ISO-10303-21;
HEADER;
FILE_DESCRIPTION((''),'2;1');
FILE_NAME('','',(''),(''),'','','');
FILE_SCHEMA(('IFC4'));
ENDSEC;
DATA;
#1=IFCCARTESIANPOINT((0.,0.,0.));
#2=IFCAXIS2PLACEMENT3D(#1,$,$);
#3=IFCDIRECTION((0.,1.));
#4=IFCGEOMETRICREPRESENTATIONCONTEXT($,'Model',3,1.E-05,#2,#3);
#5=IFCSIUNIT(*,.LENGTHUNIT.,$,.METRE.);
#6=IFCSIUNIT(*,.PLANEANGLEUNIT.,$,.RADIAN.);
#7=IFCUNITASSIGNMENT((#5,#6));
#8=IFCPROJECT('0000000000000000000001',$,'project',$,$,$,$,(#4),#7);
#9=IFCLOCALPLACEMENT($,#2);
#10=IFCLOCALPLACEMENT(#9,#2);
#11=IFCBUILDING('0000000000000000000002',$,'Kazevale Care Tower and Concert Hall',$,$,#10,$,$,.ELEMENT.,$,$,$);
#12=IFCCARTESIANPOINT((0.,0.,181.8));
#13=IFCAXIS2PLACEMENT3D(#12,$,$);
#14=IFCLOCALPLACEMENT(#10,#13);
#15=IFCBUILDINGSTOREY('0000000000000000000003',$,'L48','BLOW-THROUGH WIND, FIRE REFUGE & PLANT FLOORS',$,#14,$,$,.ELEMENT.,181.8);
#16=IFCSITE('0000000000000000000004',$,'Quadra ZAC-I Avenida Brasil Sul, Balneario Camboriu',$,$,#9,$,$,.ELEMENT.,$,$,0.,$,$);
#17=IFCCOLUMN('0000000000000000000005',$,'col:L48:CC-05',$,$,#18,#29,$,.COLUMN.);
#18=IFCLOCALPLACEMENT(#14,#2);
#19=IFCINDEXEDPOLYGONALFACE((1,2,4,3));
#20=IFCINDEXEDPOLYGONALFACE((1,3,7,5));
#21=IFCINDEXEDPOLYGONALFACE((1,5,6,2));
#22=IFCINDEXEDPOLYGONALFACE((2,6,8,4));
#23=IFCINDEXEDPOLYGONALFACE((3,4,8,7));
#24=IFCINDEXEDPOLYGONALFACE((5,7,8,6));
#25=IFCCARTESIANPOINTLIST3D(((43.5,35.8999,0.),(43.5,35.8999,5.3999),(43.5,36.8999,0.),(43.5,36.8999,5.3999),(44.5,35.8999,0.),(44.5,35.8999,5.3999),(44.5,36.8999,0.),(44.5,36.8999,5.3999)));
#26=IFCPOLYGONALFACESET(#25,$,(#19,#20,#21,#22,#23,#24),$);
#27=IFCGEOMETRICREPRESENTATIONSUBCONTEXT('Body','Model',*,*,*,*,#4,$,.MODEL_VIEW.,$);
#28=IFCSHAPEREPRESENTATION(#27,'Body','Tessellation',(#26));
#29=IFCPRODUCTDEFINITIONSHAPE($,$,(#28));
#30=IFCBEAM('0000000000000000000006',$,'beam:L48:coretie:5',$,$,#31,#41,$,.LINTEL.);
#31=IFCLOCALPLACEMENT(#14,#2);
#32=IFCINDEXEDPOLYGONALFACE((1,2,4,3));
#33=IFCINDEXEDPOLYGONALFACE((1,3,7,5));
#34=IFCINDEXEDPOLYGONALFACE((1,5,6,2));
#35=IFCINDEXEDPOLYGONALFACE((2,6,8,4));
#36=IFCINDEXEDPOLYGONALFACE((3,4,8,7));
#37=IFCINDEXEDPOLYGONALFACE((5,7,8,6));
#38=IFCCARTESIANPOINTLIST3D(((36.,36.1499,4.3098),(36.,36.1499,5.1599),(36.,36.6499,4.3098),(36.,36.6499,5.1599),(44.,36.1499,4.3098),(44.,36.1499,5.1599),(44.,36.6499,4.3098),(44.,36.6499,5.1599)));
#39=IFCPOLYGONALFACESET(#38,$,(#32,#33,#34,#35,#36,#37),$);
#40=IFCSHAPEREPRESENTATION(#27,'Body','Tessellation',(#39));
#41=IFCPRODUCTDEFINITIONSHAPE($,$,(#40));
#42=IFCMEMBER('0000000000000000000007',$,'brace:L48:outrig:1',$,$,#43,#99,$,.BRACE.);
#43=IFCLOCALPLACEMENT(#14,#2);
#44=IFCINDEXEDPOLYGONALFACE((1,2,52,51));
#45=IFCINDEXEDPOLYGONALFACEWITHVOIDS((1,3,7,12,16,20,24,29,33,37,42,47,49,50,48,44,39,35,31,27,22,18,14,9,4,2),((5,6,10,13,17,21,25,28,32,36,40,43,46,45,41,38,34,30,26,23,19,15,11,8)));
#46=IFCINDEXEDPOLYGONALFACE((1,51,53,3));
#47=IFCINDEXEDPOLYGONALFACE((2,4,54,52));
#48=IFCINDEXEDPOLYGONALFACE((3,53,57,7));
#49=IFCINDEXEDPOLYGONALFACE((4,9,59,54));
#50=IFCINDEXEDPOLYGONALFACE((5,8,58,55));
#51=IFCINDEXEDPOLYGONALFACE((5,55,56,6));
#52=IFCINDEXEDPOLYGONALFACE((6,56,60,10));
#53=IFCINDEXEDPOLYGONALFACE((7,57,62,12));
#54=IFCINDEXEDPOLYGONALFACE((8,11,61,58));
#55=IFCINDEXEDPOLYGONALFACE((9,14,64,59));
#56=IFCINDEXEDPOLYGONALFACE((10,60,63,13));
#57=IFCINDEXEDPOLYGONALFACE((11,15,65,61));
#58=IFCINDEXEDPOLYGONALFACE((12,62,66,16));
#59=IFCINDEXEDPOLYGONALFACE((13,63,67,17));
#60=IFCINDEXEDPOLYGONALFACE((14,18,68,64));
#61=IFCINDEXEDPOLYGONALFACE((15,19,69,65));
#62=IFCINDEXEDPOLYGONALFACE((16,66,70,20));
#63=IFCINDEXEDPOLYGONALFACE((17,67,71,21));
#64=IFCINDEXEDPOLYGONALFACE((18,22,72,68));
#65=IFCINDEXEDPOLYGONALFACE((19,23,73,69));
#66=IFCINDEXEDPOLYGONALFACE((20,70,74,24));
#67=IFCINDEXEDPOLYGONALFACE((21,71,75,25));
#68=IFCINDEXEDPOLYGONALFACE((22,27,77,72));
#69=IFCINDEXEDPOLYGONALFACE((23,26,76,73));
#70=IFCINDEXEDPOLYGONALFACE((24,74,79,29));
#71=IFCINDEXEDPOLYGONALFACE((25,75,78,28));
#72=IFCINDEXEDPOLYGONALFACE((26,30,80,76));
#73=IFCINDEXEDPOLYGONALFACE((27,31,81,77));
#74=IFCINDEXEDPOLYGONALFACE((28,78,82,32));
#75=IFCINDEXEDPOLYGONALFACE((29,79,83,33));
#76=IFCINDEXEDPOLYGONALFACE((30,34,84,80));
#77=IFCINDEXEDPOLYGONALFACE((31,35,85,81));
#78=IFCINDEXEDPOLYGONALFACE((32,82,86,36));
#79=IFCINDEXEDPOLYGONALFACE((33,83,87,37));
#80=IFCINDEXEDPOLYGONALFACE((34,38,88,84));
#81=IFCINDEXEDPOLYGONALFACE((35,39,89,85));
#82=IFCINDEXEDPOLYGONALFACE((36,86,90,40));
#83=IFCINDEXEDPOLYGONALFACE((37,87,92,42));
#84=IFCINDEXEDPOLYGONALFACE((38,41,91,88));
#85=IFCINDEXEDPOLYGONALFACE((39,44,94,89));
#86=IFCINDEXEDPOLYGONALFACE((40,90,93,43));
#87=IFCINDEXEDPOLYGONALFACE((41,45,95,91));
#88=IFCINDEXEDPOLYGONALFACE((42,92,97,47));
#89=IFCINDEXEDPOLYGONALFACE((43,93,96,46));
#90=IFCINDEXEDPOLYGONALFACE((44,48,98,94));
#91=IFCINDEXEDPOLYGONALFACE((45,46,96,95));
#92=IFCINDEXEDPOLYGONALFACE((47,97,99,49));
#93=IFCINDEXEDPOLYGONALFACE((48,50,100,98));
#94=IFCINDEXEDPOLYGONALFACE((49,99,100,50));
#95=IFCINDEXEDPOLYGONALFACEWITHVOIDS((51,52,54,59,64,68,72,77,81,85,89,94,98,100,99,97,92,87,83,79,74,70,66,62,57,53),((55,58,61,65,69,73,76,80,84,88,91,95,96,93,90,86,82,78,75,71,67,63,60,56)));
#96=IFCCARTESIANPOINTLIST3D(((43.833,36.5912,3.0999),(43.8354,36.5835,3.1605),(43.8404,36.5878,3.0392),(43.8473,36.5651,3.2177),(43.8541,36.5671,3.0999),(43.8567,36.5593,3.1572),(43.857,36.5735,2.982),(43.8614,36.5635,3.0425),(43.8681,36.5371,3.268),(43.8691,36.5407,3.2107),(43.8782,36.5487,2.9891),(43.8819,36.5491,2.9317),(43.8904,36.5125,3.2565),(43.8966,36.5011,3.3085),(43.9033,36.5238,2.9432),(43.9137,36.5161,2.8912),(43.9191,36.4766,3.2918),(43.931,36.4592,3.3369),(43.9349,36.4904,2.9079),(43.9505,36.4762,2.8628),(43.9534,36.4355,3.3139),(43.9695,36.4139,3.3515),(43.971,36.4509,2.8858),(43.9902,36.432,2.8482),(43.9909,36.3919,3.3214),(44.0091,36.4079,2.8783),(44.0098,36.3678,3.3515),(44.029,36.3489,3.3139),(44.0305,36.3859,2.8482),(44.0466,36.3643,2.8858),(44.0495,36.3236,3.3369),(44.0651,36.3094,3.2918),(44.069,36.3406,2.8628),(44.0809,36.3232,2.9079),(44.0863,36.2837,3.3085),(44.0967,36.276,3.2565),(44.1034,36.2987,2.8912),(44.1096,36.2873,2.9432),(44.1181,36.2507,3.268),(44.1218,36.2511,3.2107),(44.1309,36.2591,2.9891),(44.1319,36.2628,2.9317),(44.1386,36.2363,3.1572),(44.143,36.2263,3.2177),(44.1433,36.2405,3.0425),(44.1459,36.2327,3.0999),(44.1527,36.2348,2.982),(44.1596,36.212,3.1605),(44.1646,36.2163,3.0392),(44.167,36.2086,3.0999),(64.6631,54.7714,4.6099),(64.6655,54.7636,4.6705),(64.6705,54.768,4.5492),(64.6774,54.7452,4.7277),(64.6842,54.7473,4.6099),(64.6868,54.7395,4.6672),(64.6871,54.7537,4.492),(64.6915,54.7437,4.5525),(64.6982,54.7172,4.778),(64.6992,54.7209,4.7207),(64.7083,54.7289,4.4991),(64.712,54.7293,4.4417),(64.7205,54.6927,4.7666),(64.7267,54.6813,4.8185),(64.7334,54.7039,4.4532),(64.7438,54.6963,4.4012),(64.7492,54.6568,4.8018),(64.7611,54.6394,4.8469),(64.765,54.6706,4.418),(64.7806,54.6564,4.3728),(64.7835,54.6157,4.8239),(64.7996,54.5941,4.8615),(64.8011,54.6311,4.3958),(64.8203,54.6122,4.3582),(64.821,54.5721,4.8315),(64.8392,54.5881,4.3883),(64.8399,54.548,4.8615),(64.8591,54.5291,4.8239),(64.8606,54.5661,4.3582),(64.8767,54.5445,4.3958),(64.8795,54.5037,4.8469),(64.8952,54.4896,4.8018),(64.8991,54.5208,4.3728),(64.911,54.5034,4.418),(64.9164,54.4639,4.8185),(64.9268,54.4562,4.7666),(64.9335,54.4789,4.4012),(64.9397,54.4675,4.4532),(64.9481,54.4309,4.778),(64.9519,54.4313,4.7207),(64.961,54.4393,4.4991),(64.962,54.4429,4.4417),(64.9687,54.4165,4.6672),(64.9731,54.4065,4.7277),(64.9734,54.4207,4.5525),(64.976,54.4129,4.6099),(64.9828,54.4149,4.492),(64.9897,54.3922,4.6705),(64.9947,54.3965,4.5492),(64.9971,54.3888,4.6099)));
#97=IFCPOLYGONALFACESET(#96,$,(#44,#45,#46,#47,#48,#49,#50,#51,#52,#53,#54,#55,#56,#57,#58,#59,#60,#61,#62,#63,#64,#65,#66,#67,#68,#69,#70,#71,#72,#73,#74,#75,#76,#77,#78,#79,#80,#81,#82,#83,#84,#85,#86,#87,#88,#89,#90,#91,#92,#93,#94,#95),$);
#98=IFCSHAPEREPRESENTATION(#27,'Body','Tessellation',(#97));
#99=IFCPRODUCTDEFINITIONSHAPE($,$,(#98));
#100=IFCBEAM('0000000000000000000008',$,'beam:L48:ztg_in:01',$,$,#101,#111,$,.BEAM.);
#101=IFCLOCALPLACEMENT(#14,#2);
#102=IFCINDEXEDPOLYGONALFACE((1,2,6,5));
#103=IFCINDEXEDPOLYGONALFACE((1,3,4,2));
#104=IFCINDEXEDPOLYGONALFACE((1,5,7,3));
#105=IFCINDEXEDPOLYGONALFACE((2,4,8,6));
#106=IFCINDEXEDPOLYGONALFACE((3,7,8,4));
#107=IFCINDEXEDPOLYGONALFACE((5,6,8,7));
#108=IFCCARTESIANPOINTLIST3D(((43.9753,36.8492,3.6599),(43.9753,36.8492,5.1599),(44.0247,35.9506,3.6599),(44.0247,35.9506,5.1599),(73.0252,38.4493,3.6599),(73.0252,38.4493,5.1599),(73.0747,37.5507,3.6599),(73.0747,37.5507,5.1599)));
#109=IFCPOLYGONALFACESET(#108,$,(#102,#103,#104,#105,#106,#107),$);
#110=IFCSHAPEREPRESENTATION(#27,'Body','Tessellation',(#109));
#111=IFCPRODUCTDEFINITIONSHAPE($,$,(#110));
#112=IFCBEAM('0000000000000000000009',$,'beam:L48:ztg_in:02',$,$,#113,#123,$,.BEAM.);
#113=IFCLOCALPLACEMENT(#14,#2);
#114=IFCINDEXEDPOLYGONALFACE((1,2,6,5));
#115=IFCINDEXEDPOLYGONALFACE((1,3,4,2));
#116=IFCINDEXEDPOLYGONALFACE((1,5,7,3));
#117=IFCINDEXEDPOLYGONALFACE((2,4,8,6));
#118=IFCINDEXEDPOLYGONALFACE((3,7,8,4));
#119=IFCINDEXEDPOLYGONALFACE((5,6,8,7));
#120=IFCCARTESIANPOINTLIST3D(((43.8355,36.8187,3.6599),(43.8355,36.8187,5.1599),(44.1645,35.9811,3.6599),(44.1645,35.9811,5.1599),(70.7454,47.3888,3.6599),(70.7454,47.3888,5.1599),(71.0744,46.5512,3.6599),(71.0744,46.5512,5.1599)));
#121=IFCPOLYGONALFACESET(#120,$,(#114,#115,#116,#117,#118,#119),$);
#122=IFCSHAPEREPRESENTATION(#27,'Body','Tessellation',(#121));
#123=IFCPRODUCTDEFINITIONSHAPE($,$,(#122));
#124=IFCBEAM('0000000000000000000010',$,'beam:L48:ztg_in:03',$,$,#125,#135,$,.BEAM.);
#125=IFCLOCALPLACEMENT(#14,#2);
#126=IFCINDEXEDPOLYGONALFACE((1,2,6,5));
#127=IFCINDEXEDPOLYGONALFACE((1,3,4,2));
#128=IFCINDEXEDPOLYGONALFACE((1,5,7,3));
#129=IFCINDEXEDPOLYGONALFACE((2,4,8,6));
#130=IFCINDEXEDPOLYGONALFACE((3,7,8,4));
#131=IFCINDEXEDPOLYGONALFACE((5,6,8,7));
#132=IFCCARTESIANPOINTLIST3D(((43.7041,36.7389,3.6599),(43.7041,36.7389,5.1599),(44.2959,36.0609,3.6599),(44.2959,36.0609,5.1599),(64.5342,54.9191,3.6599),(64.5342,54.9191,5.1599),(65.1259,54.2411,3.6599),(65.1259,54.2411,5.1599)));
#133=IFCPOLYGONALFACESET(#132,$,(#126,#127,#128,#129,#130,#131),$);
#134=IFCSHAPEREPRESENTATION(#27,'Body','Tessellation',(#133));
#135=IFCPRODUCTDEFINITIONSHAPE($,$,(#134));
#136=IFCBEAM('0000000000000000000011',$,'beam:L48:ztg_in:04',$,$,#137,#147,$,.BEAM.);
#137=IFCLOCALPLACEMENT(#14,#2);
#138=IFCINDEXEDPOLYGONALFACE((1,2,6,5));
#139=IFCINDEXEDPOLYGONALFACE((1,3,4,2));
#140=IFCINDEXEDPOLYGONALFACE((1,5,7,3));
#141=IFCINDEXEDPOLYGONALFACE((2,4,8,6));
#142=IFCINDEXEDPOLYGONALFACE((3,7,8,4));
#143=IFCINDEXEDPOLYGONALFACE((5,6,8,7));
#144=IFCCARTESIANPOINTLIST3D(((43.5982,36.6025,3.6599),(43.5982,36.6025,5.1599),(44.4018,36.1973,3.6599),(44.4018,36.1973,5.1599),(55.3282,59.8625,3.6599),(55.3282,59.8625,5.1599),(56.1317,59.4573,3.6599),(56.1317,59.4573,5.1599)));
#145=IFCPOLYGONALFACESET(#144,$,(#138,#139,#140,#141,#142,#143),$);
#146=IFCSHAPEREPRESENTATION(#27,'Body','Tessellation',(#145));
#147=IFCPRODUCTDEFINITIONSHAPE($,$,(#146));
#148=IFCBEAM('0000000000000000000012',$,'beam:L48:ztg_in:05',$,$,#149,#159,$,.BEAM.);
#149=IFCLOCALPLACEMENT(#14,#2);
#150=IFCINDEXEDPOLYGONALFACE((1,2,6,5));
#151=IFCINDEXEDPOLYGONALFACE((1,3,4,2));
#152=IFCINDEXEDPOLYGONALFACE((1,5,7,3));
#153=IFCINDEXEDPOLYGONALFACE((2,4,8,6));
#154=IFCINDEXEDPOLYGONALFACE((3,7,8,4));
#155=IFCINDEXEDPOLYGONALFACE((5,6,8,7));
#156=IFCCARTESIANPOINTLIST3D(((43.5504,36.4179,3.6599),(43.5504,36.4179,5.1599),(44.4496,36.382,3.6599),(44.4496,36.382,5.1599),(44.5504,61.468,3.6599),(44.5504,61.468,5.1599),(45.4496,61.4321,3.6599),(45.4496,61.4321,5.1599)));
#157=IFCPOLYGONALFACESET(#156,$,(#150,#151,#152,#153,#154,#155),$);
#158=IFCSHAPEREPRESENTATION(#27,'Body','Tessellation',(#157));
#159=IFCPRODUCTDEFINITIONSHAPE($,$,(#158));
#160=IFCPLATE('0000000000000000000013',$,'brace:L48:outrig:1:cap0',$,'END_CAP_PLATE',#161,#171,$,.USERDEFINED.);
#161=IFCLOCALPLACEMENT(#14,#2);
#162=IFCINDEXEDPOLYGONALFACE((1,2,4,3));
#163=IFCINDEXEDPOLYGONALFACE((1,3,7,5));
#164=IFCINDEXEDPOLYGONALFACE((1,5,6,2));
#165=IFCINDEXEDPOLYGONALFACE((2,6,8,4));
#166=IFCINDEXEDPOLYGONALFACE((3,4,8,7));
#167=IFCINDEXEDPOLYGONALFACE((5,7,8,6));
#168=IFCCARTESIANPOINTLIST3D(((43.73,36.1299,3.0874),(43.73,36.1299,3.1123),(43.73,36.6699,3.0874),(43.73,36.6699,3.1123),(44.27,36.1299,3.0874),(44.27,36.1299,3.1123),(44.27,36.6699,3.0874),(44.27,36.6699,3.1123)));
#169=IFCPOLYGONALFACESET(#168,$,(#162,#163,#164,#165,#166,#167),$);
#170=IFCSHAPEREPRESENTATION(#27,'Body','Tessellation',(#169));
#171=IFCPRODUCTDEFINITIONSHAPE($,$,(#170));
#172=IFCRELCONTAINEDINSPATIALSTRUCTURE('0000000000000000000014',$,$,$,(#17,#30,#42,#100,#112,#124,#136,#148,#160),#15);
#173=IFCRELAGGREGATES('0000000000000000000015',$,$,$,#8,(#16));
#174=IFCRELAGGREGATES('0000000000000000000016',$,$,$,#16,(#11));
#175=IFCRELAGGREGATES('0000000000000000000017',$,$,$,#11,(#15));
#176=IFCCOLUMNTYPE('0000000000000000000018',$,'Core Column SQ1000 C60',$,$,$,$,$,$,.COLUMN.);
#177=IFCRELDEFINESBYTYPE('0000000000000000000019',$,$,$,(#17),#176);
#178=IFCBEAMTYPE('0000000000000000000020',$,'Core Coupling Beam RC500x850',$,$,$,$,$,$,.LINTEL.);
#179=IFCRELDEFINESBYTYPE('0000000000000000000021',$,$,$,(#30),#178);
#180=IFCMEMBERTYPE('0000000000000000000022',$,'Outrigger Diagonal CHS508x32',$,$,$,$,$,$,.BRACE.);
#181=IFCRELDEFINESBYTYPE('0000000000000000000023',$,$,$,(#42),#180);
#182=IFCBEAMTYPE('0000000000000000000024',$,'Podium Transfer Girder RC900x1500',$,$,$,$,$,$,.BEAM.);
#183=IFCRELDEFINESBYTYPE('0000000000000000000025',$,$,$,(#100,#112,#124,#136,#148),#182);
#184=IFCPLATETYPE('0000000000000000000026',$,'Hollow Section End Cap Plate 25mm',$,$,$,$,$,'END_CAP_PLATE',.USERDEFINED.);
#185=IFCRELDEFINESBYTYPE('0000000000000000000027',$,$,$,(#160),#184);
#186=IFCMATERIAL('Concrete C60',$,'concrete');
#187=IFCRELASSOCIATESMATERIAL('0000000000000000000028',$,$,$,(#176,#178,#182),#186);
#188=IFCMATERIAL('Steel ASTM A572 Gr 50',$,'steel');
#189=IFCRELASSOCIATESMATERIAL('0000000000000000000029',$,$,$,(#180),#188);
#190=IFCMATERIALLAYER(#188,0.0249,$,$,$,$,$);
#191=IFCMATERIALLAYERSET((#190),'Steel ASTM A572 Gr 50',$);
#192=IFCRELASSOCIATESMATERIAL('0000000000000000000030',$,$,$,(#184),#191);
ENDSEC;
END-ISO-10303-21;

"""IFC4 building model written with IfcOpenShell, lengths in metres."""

from ifc_helpers import new_model, si_unit, direction, frame, origin, origin_2d, place, context, subcontext, project, spatial, rectangle, hollow_circle, extrude, material, layer, layer_set, material_profile, profile_set, type_object, element, save


model = new_model("IFC4")

# Units and contexts
model_context = context("Model", 3, precision=1e-05, world=origin(), true_north=direction((0.0, 1.0)))
body_context = subcontext(model_context, "Body", "Model", "MODEL_VIEW")
ifc_project = project(units=[si_unit("LENGTHUNIT", "METRE"), si_unit("PLANEANGLEUNIT", "RADIAN")], contexts=[model_context])

# Site, building, storey
site_placement = place(None, origin())
site = spatial("IfcSite", under=ifc_project, at=site_placement, Name="Quadra ZAC-I Avenida Brasil Sul, Balneario Camboriu", CompositionType="ELEMENT", RefElevation=0.0)
building_placement = place(site_placement, origin())
building = spatial("IfcBuilding", under=site, at=building_placement, Name="Kazevale Care Tower and Concert Hall", CompositionType="ELEMENT")
storey_placement = place(building_placement, frame((0.0, 0.0, 181.8)))
storey = spatial("IfcBuildingStorey", under=building, at=storey_placement, Name="L48", Description="BLOW-THROUGH WIND, FIRE REFUGE & PLANT FLOORS", CompositionType="ELEMENT", Elevation=181.8)

# Column
ifc_material_1 = material(Name="Concrete C60", Category="concrete")
ifc_material_profile_1 = material_profile(ifc_material_1, rectangle(XDim=1.0, YDim=1.0, at=origin_2d()), Name="RC-SQ1000")
ifc_profile_set_1 = profile_set([ifc_material_profile_1], Name="Concrete C60")
column_type = type_object("IfcColumnType", Name="Core Column SQ1000 C60", PredefinedType="COLUMN", material=ifc_profile_set_1)
column_placement = place(storey_placement, frame((44.0, 36.3999, 0.0), z_axis=(0.0, 0.0, 1.0), x_axis=(1.0, 0.0, 0.0)))
element("IfcColumn", 1, at=column_placement, inside=storey, type_object=column_type, Name="col:L48:CC-05", PredefinedType="COLUMN", context=body_context, shape_type="SweptSolid", body=[
    extrude(rectangle(XDim=1.0, YDim=1.0, at=origin_2d()), origin(), (0.0, 0.0, 1.0), 5.3999),
])

# Beam
ifc_material_profile_2 = material_profile(ifc_material_1, rectangle(XDim=0.5, YDim=0.8501, at=origin_2d()), Name="RC-B500x850")
ifc_profile_set_2 = profile_set([ifc_material_profile_2], Name="Concrete C60")
beam_type_1 = type_object("IfcBeamType", Name="Core Coupling Beam RC500x850", PredefinedType="LINTEL", material=ifc_profile_set_2)
beam_1_placement = place(storey_placement, frame((44.0, 36.3999, 4.7349), z_axis=(-1.0, 0.0, 0.0), x_axis=(0.0, -1.0, 0.0)))
element("IfcBeam", 2, at=beam_1_placement, inside=storey, type_object=beam_type_1, Name="beam:L48:coretie:5", PredefinedType="LINTEL", context=body_context, shape_type="SweptSolid", body=[
    extrude(rectangle(XDim=0.5, YDim=0.8501, at=origin_2d()), origin(), (0.0, 0.0, 1.0), 8.0),
])

# Member
ifc_material_2 = material(Name="Steel ASTM A572 Gr 50", Category="steel")
ifc_material_profile_3 = material_profile(ifc_material_2, hollow_circle(Radius=0.2539, WallThickness=0.032, at=origin_2d()), Name="CHS508x32")
ifc_profile_set_3 = profile_set([ifc_material_profile_3], Name="Steel ASTM A572 Gr 50")
member_type = type_object("IfcMemberType", Name="Outrigger Diagonal CHS508x32", PredefinedType="BRACE", material=ifc_profile_set_3)
member_placement = place(storey_placement, frame((44.0, 36.3999, 3.0999), z_axis=(0.752282, 0.65658, 0.054534), x_axis=(-0.657559, 0.753403, 0.0)))
element("IfcMember", 3, at=member_placement, inside=storey, type_object=member_type, Name="brace:L48:outrig:1", PredefinedType="BRACE", context=body_context, shape_type="SweptSolid", body=[
    extrude(hollow_circle(Radius=0.2539, WallThickness=0.032, at=origin_2d()), origin(), (0.0, 0.0, 1.0), 27.6892),
])

# Beams
ifc_material_profile_4 = material_profile(ifc_material_1, rectangle(XDim=0.8999, YDim=1.5, at=origin_2d()), Name="RC-TG900x1500")
ifc_profile_set_4 = profile_set([ifc_material_profile_4], Name="Concrete C60")
beam_type_2 = type_object("IfcBeamType", Name="Podium Transfer Girder RC900x1500", PredefinedType="BEAM", material=ifc_profile_set_4)
beam_2_placement = place(storey_placement, frame((44.0, 36.3999, 4.4099), z_axis=(0.998487, 0.054997, 0.0), x_axis=(-0.054997, 0.998487, 0.0)))
element("IfcBeam", 4, at=beam_2_placement, inside=storey, type_object=beam_type_2, Name="beam:L48:ztg_in:01", PredefinedType="BEAM", context=body_context, shape_type="SweptSolid", body=[
    extrude(rectangle(XDim=0.8999, YDim=1.5, at=origin_2d()), origin(), (0.0, 0.0, 1.0), 29.094),
])
beam_3_placement = place(storey_placement, frame((44.0, 36.3999, 4.4099), z_axis=(0.930771, 0.365602, 0.0), x_axis=(-0.365602, 0.930771, 0.0)))
element("IfcBeam", 5, at=beam_3_placement, inside=storey, type_object=beam_type_2, Name="beam:L48:ztg_in:02", PredefinedType="BEAM", context=body_context, shape_type="SweptSolid", body=[
    extrude(rectangle(XDim=0.8999, YDim=1.5, at=origin_2d()), origin(), (0.0, 0.0, 1.0), 28.9114),
])
beam_4_placement = place(storey_placement, frame((44.0, 36.3999, 4.4099), z_axis=(0.753403, 0.657559, 0.0), x_axis=(-0.657559, 0.753403, 0.0)))
element("IfcBeam", 6, at=beam_4_placement, inside=storey, type_object=beam_type_2, Name="beam:L48:ztg_in:03", PredefinedType="BEAM", context=body_context, shape_type="SweptSolid", body=[
    extrude(rectangle(XDim=0.8999, YDim=1.5, at=origin_2d()), origin(), (0.0, 0.0, 1.0), 27.6479),
])
beam_5_placement = place(storey_placement, frame((44.0, 36.3999, 4.4099), z_axis=(0.450281, 0.892887, 0.0), x_axis=(-0.892887, 0.450281, 0.0)))
element("IfcBeam", 7, at=beam_5_placement, inside=storey, type_object=beam_type_2, Name="beam:L48:ztg_in:04", PredefinedType="BEAM", context=body_context, shape_type="SweptSolid", body=[
    extrude(rectangle(XDim=0.8999, YDim=1.5, at=origin_2d()), origin(), (0.0, 0.0, 1.0), 26.0503),
])
beam_6_placement = place(storey_placement, frame((44.0, 36.3999, 4.4099), z_axis=(0.039888, 0.999204, 0.0), x_axis=(-0.999204, 0.039888, 0.0)))
element("IfcBeam", 8, at=beam_6_placement, inside=storey, type_object=beam_type_2, Name="beam:L48:ztg_in:05", PredefinedType="BEAM", context=body_context, shape_type="SweptSolid", body=[
    extrude(rectangle(XDim=0.8999, YDim=1.5, at=origin_2d()), origin(), (0.0, 0.0, 1.0), 25.0701),
])

# Plate
ifc_layer_1 = layer(ifc_material_2, 0.0249)
ifc_layer_set_1 = layer_set([ifc_layer_1], Name="Steel ASTM A572 Gr 50")
plate_type = type_object("IfcPlateType", Name="Hollow Section End Cap Plate 25mm", ElementType="END_CAP_PLATE", PredefinedType="USERDEFINED", material=ifc_layer_set_1)
plate_placement = place(storey_placement, frame((44.0, 36.3999, 3.0874), z_axis=(0.0, 0.0, 1.0), x_axis=(1.0, 0.0, 0.0)))
element("IfcPlate", 9, at=plate_placement, inside=storey, type_object=plate_type, Name="brace:L48:outrig:1:cap0", ObjectType="END_CAP_PLATE", PredefinedType="USERDEFINED", context=body_context, shape_type="SweptSolid", body=[
    extrude(rectangle(XDim=0.54, YDim=0.54, at=origin_2d()), origin(), (0.0, 0.0, 1.0), 0.0249),
])

save(model, "model.ifc")
